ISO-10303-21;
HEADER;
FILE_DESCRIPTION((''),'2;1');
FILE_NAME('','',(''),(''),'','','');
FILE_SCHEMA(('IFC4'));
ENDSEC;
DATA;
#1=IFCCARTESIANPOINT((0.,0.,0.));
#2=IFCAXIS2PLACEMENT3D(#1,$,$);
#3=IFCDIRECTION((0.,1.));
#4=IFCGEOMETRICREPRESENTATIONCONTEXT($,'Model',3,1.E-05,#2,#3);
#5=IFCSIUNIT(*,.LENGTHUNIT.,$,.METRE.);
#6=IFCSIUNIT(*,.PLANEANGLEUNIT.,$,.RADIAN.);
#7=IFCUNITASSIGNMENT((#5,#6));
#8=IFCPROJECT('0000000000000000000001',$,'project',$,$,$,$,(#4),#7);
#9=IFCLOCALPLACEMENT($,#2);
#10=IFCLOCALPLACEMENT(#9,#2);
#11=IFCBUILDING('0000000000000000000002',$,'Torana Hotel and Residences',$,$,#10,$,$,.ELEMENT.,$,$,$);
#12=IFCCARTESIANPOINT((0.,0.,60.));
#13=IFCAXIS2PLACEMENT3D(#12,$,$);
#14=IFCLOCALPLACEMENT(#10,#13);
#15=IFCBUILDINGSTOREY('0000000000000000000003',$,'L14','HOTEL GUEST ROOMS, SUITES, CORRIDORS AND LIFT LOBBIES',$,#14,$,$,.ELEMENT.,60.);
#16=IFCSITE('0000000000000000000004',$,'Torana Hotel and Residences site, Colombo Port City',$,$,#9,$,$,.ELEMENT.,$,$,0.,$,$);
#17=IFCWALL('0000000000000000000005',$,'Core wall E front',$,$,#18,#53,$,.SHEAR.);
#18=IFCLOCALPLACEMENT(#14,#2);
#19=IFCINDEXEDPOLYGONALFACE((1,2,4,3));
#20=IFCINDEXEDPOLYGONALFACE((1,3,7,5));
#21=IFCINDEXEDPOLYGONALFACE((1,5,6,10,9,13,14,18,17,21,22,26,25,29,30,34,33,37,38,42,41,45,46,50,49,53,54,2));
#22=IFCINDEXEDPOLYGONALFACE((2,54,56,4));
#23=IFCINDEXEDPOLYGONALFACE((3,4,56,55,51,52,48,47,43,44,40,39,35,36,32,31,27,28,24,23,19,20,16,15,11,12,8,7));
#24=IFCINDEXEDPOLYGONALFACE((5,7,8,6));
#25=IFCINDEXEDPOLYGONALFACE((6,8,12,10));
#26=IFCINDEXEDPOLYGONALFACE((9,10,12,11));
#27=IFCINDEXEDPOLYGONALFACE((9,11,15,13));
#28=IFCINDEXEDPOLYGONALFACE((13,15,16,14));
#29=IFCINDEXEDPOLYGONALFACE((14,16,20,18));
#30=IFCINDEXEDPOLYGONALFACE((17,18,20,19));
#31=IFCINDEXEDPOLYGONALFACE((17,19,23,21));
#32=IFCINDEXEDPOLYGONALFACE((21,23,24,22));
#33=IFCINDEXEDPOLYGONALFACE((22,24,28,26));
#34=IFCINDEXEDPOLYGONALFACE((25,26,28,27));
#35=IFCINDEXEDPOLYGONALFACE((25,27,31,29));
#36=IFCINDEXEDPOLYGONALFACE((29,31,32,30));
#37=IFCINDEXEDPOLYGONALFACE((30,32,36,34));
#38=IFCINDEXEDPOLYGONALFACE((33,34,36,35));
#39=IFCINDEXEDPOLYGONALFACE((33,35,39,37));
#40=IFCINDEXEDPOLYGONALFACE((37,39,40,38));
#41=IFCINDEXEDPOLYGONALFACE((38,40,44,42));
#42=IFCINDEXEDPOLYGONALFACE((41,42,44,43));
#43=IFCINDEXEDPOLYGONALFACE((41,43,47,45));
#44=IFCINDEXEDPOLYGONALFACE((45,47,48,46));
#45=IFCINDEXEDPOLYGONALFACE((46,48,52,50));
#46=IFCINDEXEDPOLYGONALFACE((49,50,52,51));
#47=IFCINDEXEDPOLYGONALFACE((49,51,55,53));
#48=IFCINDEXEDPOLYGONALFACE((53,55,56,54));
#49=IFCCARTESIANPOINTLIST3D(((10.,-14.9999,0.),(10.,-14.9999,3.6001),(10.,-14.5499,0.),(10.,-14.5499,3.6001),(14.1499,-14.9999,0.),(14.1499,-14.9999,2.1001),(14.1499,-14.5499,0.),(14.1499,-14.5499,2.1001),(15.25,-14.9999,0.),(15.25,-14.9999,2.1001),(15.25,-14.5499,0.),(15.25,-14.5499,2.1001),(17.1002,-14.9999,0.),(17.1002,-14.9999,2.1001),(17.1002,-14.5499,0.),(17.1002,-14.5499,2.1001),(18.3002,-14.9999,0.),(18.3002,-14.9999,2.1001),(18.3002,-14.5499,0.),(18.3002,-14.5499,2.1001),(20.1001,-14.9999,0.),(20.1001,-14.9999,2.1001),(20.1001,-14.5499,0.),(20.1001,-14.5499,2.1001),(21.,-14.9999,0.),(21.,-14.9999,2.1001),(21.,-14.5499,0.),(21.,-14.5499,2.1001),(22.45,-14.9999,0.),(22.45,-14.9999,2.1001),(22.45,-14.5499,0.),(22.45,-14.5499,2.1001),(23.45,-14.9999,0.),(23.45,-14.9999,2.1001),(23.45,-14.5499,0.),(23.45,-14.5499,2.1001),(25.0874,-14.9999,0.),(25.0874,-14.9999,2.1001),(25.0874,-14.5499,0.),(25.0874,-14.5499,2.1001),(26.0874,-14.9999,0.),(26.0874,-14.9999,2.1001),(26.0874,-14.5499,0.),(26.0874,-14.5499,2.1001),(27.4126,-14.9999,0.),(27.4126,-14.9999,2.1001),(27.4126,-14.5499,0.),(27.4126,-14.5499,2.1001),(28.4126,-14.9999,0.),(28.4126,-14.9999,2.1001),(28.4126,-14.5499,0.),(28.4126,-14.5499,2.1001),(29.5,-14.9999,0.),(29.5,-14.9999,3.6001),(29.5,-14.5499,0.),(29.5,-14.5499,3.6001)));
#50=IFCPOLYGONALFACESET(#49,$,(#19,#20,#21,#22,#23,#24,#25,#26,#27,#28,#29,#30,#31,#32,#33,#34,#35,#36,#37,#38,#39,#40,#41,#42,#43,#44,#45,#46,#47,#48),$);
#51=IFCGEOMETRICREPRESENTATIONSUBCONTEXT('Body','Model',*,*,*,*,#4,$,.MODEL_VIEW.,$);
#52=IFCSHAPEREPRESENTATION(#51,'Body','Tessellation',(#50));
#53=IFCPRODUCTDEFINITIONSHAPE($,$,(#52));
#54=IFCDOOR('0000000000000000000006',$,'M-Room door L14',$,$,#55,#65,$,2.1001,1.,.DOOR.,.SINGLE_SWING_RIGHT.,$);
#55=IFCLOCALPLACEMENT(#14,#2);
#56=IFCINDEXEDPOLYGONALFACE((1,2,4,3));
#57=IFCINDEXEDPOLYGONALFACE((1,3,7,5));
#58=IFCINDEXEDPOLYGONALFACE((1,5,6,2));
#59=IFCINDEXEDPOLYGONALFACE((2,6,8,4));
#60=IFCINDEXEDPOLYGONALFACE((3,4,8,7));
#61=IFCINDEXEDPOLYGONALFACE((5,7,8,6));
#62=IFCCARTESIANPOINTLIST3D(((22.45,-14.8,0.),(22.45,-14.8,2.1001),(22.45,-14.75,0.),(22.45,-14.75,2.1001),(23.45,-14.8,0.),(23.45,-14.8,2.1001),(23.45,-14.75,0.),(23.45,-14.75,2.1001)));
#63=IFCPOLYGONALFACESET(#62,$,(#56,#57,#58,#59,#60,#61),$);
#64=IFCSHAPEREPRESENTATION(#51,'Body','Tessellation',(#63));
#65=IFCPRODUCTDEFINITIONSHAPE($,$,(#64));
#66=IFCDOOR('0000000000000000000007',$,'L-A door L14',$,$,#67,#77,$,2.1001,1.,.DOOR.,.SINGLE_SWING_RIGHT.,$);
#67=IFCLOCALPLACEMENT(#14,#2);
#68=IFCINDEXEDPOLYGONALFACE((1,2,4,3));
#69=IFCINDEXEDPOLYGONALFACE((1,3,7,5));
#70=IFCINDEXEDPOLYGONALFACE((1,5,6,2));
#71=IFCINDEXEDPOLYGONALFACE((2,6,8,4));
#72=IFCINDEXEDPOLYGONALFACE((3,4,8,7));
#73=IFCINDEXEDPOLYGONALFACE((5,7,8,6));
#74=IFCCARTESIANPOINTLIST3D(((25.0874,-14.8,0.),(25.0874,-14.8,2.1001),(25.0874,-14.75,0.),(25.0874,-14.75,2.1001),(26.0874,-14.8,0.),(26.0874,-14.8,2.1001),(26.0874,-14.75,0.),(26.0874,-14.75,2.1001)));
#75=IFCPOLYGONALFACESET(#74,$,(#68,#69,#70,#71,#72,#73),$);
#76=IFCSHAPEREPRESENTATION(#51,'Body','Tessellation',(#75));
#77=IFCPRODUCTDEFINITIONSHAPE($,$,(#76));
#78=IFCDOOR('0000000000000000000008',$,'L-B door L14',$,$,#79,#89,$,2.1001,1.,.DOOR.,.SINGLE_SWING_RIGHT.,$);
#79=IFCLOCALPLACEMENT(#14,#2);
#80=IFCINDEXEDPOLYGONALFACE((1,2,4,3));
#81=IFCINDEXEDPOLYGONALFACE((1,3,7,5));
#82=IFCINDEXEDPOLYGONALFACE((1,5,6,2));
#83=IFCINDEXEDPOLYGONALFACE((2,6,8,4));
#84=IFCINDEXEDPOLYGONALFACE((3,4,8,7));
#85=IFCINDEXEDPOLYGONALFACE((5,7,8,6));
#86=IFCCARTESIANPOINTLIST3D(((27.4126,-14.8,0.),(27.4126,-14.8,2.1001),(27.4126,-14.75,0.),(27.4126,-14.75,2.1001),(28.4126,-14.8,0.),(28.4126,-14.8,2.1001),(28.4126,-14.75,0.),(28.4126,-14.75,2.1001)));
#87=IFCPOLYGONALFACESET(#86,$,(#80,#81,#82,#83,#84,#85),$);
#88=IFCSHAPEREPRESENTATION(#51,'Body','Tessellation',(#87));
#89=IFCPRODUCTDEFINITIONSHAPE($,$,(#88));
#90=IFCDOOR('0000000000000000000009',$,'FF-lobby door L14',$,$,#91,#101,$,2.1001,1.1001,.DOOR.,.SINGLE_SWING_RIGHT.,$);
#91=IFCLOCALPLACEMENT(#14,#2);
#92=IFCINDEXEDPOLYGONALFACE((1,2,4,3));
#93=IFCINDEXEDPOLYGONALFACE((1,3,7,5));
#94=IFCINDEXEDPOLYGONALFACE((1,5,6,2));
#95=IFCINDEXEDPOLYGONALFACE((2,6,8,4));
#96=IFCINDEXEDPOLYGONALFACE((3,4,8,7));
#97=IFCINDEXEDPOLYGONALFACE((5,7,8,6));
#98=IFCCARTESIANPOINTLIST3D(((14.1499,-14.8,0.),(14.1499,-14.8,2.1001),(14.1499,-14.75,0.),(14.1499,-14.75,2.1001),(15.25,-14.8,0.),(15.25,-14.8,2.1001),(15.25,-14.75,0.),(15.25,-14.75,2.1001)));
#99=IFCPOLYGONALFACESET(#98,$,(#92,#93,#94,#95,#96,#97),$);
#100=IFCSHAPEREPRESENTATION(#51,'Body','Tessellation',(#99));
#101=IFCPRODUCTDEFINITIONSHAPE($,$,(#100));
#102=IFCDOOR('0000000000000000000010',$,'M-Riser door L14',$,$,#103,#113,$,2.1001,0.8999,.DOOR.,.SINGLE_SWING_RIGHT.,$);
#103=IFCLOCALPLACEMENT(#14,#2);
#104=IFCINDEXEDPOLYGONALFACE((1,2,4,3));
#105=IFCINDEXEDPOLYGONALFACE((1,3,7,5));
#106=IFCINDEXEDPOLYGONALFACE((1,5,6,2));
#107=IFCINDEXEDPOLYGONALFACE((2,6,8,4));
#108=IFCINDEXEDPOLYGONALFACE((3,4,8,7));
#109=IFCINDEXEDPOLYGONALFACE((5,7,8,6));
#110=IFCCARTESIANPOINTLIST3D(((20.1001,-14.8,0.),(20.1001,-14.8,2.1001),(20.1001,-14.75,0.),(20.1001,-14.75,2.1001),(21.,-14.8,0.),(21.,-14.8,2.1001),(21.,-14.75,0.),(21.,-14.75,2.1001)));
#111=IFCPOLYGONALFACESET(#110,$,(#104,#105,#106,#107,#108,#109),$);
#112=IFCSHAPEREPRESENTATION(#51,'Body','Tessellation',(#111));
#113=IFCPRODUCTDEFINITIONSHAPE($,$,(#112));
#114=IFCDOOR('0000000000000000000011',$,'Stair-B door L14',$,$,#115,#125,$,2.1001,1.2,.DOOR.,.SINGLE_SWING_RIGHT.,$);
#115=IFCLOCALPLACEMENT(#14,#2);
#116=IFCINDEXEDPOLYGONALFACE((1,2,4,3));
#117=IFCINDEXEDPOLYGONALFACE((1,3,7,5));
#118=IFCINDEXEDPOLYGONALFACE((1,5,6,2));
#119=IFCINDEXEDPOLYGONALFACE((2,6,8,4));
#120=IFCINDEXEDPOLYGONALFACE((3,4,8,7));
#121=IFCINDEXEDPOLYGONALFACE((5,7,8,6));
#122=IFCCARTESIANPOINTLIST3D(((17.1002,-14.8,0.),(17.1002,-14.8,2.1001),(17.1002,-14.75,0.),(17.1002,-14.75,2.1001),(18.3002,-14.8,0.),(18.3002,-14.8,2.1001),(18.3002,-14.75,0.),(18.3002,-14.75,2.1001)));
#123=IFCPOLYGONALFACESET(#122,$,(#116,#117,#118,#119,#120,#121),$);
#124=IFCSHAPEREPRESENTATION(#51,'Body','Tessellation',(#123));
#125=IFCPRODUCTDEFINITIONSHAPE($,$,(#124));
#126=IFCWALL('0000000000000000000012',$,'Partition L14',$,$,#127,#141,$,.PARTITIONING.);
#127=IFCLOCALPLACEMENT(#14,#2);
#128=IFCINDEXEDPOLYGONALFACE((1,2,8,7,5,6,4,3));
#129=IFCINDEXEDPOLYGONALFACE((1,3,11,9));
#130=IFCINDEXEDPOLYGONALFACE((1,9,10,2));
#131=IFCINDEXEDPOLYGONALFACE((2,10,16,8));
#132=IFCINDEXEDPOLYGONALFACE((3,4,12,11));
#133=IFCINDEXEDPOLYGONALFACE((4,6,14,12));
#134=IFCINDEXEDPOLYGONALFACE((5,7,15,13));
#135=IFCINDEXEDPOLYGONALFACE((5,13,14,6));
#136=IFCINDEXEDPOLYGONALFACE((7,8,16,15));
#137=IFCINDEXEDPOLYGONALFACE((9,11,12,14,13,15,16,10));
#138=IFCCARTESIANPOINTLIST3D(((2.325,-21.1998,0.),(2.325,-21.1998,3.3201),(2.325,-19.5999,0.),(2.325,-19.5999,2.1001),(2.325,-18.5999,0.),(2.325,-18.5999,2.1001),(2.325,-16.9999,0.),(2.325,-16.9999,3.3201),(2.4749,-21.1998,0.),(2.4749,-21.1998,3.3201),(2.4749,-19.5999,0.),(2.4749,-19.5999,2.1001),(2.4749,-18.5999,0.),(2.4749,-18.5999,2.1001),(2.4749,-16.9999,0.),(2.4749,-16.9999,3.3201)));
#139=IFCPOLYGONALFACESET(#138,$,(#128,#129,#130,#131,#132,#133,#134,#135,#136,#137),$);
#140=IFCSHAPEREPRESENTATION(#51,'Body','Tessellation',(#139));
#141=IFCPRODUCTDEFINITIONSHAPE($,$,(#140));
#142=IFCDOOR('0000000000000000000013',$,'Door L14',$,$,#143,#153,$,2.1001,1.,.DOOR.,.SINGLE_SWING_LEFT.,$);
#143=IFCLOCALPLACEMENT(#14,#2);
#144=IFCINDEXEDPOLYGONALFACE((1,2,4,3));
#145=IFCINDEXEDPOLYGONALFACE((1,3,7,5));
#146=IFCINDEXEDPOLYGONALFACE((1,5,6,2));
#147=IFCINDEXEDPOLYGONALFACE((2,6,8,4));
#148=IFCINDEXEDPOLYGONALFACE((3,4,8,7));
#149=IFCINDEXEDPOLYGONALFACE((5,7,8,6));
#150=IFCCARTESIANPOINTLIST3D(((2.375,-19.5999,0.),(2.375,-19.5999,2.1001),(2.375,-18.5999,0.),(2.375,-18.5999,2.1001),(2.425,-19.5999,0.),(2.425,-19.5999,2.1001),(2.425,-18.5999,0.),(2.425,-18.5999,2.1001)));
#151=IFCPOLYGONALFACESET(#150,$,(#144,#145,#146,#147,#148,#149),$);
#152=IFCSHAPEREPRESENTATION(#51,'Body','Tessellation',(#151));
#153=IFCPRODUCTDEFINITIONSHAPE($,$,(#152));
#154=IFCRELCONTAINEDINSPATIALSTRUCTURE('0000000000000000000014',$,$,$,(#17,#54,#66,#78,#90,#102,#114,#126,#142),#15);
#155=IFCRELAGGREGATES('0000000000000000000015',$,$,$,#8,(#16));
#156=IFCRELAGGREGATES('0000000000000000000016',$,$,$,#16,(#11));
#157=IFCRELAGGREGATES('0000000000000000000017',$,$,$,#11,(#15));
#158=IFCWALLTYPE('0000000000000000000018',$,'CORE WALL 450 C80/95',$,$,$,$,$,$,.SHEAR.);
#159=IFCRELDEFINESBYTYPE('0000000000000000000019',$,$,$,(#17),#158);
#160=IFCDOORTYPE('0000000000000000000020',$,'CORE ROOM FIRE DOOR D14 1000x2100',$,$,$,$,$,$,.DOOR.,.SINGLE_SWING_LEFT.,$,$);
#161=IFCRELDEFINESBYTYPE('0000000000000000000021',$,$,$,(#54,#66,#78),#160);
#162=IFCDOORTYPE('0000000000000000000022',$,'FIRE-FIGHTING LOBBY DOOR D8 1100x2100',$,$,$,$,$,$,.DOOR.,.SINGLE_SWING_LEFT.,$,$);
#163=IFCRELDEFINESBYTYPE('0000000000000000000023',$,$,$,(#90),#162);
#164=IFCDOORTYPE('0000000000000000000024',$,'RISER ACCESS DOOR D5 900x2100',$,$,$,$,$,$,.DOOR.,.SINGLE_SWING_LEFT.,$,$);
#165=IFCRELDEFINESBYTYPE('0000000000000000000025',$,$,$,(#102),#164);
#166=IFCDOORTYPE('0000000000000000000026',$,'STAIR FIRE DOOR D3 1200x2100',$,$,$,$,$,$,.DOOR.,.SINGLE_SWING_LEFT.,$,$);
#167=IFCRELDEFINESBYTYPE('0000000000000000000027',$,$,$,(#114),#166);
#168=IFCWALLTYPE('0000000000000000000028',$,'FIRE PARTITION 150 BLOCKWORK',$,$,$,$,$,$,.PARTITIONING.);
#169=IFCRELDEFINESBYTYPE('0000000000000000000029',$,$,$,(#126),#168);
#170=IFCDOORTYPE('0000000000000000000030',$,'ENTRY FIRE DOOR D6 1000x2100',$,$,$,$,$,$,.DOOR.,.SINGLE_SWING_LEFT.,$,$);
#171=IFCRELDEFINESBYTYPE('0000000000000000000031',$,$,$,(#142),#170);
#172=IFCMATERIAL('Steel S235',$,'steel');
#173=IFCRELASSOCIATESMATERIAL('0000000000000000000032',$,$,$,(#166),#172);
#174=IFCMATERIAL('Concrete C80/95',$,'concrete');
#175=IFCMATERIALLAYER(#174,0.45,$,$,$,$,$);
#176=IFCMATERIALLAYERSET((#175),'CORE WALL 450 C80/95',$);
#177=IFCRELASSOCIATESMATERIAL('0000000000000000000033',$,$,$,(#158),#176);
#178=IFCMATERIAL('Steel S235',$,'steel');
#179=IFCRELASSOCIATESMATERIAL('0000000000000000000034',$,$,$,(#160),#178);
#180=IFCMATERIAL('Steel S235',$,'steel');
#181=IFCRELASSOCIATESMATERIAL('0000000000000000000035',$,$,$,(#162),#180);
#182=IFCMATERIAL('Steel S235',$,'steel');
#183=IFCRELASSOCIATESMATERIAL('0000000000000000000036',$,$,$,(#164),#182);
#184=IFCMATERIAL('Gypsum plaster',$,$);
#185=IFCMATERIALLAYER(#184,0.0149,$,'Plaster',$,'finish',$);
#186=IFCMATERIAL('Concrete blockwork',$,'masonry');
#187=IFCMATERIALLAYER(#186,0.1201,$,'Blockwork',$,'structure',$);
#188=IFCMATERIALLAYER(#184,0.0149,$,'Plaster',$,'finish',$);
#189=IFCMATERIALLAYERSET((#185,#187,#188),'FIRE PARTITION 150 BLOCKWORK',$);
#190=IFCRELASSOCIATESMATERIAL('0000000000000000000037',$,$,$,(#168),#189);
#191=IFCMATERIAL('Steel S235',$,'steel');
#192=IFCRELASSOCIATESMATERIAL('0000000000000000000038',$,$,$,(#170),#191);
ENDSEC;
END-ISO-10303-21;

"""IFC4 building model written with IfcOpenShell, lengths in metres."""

from ifc_helpers import new_model, si_unit, direction, frame, frame_2d, origin, place, context, subcontext, project, spatial, rectangle, extrude, material, layer, layer_set, type_object, element, fill, save


model = new_model("IFC4")

# Units and contexts
model_context = context("Model", 3, precision=1e-05, world=origin(), true_north=direction((0.0, 1.0)))
body_context = subcontext(model_context, "Body", "Model", "MODEL_VIEW")
ifc_project = project(units=[si_unit("LENGTHUNIT", "METRE"), si_unit("PLANEANGLEUNIT", "RADIAN")], contexts=[model_context])

# Site, building, storey
site_placement = place(None, origin())
site = spatial("IfcSite", under=ifc_project, at=site_placement, Name="Torana Hotel and Residences site, Colombo Port City", CompositionType="ELEMENT", RefElevation=0.0)
building_placement = place(site_placement, origin())
building = spatial("IfcBuilding", under=site, at=building_placement, Name="Torana Hotel and Residences", CompositionType="ELEMENT")
storey_placement = place(building_placement, frame((0.0, 0.0, 60.0)))
storey = spatial("IfcBuildingStorey", under=building, at=storey_placement, Name="L14", Description="HOTEL GUEST ROOMS, SUITES, CORRIDORS AND LIFT LOBBIES", CompositionType="ELEMENT", Elevation=60.0)

# Wall, openings, doors
ifc_material_1 = material(Name="Steel S235", Category="steel")
door_type_1 = type_object("IfcDoorType", Name="STAIR FIRE DOOR D3 1200x2100", OperationType="SINGLE_SWING_LEFT", PredefinedType="DOOR", material=ifc_material_1)
ifc_material_2 = material(Name="Concrete C80/95", Category="concrete")
ifc_layer_1 = layer(ifc_material_2, 0.45)
ifc_layer_set_1 = layer_set([ifc_layer_1], Name="CORE WALL 450 C80/95")
wall_type_1 = type_object("IfcWallType", Name="CORE WALL 450 C80/95", PredefinedType="SHEAR", material=ifc_layer_set_1)
wall_1_placement = place(storey_placement, frame((10.0, -14.7749, 0.0), z_axis=(0.0, 0.0, 1.0), x_axis=(1.0, 0.0, 0.0)))
wall_1 = element("IfcWall", 1, at=wall_1_placement, inside=storey, type_object=wall_type_1, Name="Core wall E front", PredefinedType="SHEAR", context=body_context, shape_type="SweptSolid", body=[
    extrude(rectangle(XDim=19.5, YDim=0.45, at=frame_2d((9.75, 0.0))), origin(), (0.0, 0.0, 1.0), 3.6001),
])
opening_1_placement = place(wall_1_placement, frame((7.1001, 0.0, 0.0)))
opening_1 = element("IfcOpeningElement", 2, at=opening_1_placement, cuts=wall_1, PredefinedType="OPENING", context=body_context, shape_type="SweptSolid", body=[
    extrude(rectangle(XDim=1.2, YDim=2.1001, at=frame_2d((0.6001, 1.05))), frame((0.0, 0.2349, 0.0), z_axis=(0.0, -1.0, 0.0), x_axis=(1.0, 0.0, 0.0)), (0.0, 0.0, 1.0), 0.47),
])
opening_2_placement = place(wall_1_placement, frame((4.1499, 0.0, 0.0)))
opening_2 = element("IfcOpeningElement", 3, at=opening_2_placement, cuts=wall_1, PredefinedType="OPENING", context=body_context, shape_type="SweptSolid", body=[
    extrude(rectangle(XDim=1.1001, YDim=2.1001, at=frame_2d((0.55, 1.05))), frame((0.0, 0.2349, 0.0), z_axis=(0.0, -1.0, 0.0), x_axis=(1.0, 0.0, 0.0)), (0.0, 0.0, 1.0), 0.47),
])
opening_3_placement = place(wall_1_placement, frame((10.1001, 0.0, 0.0)))
opening_3 = element("IfcOpeningElement", 4, at=opening_3_placement, cuts=wall_1, PredefinedType="OPENING", context=body_context, shape_type="SweptSolid", body=[
    extrude(rectangle(XDim=0.8999, YDim=2.1001, at=frame_2d((0.45, 1.05))), frame((0.0, 0.2349, 0.0), z_axis=(0.0, -1.0, 0.0), x_axis=(1.0, 0.0, 0.0)), (0.0, 0.0, 1.0), 0.47),
])
opening_4_placement = place(wall_1_placement, frame((12.45, 0.0, 0.0)))
opening_4 = element("IfcOpeningElement", 5, at=opening_4_placement, cuts=wall_1, PredefinedType="OPENING", context=body_context, shape_type="SweptSolid", body=[
    extrude(rectangle(XDim=1.0, YDim=2.1001, at=frame_2d((0.5, 1.05))), frame((0.0, 0.2349, 0.0), z_axis=(0.0, -1.0, 0.0), x_axis=(1.0, 0.0, 0.0)), (0.0, 0.0, 1.0), 0.47),
])
opening_5_placement = place(wall_1_placement, frame((15.0874, 0.0, 0.0)))
opening_5 = element("IfcOpeningElement", 6, at=opening_5_placement, cuts=wall_1, PredefinedType="OPENING", context=body_context, shape_type="SweptSolid", body=[
    extrude(rectangle(XDim=1.0, YDim=2.1001, at=frame_2d((0.5, 1.05))), frame((0.0, 0.2349, 0.0), z_axis=(0.0, -1.0, 0.0), x_axis=(1.0, 0.0, 0.0)), (0.0, 0.0, 1.0), 0.47),
])
opening_6_placement = place(wall_1_placement, frame((17.4126, 0.0, 0.0)))
opening_6 = element("IfcOpeningElement", 7, at=opening_6_placement, cuts=wall_1, PredefinedType="OPENING", context=body_context, shape_type="SweptSolid", body=[
    extrude(rectangle(XDim=1.0, YDim=2.1001, at=frame_2d((0.5, 1.05))), frame((0.0, 0.2349, 0.0), z_axis=(0.0, -1.0, 0.0), x_axis=(1.0, 0.0, 0.0)), (0.0, 0.0, 1.0), 0.47),
])
ifc_material_3 = material(Name="Steel S235", Category="steel")
door_type_2 = type_object("IfcDoorType", Name="CORE ROOM FIRE DOOR D14 1000x2100", OperationType="SINGLE_SWING_LEFT", PredefinedType="DOOR", material=ifc_material_3)
door_1_placement = place(opening_4_placement, origin())
door_1 = element("IfcDoor", 8, at=door_1_placement, inside=storey, type_object=door_type_2, Name="M-Room door L14", OperationType="SINGLE_SWING_RIGHT", OverallHeight=2.1001, OverallWidth=1.0, PredefinedType="DOOR", context=body_context, shape_type="SweptSolid", body=[
    extrude(rectangle(XDim=1.0, YDim=2.1001, at=frame_2d((0.5, 1.05))), frame((0.0, 0.0249, 0.0), z_axis=(0.0, -1.0, 0.0), x_axis=(1.0, 0.0, 0.0)), (0.0, 0.0, 1.0), 0.05),
])
fill(opening_4, door_1)
door_2_placement = place(opening_5_placement, origin())
door_2 = element("IfcDoor", 9, at=door_2_placement, inside=storey, type_object=door_type_2, Name="L-A door L14", OperationType="SINGLE_SWING_RIGHT", OverallHeight=2.1001, OverallWidth=1.0, PredefinedType="DOOR", context=body_context, shape_type="SweptSolid", body=[
    extrude(rectangle(XDim=1.0, YDim=2.1001, at=frame_2d((0.5, 1.05))), frame((0.0, 0.0249, 0.0), z_axis=(0.0, -1.0, 0.0), x_axis=(1.0, 0.0, 0.0)), (0.0, 0.0, 1.0), 0.05),
])
fill(opening_5, door_2)
door_3_placement = place(opening_6_placement, origin())
door_3 = element("IfcDoor", 10, at=door_3_placement, inside=storey, type_object=door_type_2, Name="L-B door L14", OperationType="SINGLE_SWING_RIGHT", OverallHeight=2.1001, OverallWidth=1.0, PredefinedType="DOOR", context=body_context, shape_type="SweptSolid", body=[
    extrude(rectangle(XDim=1.0, YDim=2.1001, at=frame_2d((0.5, 1.05))), frame((0.0, 0.0249, 0.0), z_axis=(0.0, -1.0, 0.0), x_axis=(1.0, 0.0, 0.0)), (0.0, 0.0, 1.0), 0.05),
])
fill(opening_6, door_3)
ifc_material_4 = material(Name="Steel S235", Category="steel")
door_type_3 = type_object("IfcDoorType", Name="FIRE-FIGHTING LOBBY DOOR D8 1100x2100", OperationType="SINGLE_SWING_LEFT", PredefinedType="DOOR", material=ifc_material_4)
door_4_placement = place(opening_2_placement, origin())
door_4 = element("IfcDoor", 11, at=door_4_placement, inside=storey, type_object=door_type_3, Name="FF-lobby door L14", OperationType="SINGLE_SWING_RIGHT", OverallHeight=2.1001, OverallWidth=1.1001, PredefinedType="DOOR", context=body_context, shape_type="SweptSolid", body=[
    extrude(rectangle(XDim=1.1001, YDim=2.1001, at=frame_2d((0.55, 1.05))), frame((0.0, 0.0249, 0.0), z_axis=(0.0, -1.0, 0.0), x_axis=(1.0, 0.0, 0.0)), (0.0, 0.0, 1.0), 0.05),
])
fill(opening_2, door_4)
ifc_material_5 = material(Name="Steel S235", Category="steel")
door_type_4 = type_object("IfcDoorType", Name="RISER ACCESS DOOR D5 900x2100", OperationType="SINGLE_SWING_LEFT", PredefinedType="DOOR", material=ifc_material_5)
door_5_placement = place(opening_3_placement, origin())
door_5 = element("IfcDoor", 12, at=door_5_placement, inside=storey, type_object=door_type_4, Name="M-Riser door L14", OperationType="SINGLE_SWING_RIGHT", OverallHeight=2.1001, OverallWidth=0.8999, PredefinedType="DOOR", context=body_context, shape_type="SweptSolid", body=[
    extrude(rectangle(XDim=0.8999, YDim=2.1001, at=frame_2d((0.45, 1.05))), frame((0.0, 0.0249, 0.0), z_axis=(0.0, -1.0, 0.0), x_axis=(1.0, 0.0, 0.0)), (0.0, 0.0, 1.0), 0.05),
])
fill(opening_3, door_5)
door_6_placement = place(opening_1_placement, origin())
door_6 = element("IfcDoor", 13, at=door_6_placement, inside=storey, type_object=door_type_1, Name="Stair-B door L14", OperationType="SINGLE_SWING_RIGHT", OverallHeight=2.1001, OverallWidth=1.2, PredefinedType="DOOR", context=body_context, shape_type="SweptSolid", body=[
    extrude(rectangle(XDim=1.2, YDim=2.1001, at=frame_2d((0.6001, 1.05))), frame((0.0, 0.0249, 0.0), z_axis=(0.0, -1.0, 0.0), x_axis=(1.0, 0.0, 0.0)), (0.0, 0.0, 1.0), 0.05),
])
fill(opening_1, door_6)

# Wall, opening, door
ifc_material_6 = material(Name="Gypsum plaster")
ifc_layer_2 = layer(ifc_material_6, 0.0149, Name="Plaster", Category="finish")
ifc_material_7 = material(Name="Concrete blockwork", Category="masonry")
ifc_layer_3 = layer(ifc_material_7, 0.1201, Name="Blockwork", Category="structure")
ifc_layer_4 = layer(ifc_material_6, 0.0149, Name="Plaster", Category="finish")
ifc_layer_set_2 = layer_set([ifc_layer_2, ifc_layer_3, ifc_layer_4], Name="FIRE PARTITION 150 BLOCKWORK")
wall_type_2 = type_object("IfcWallType", Name="FIRE PARTITION 150 BLOCKWORK", PredefinedType="PARTITIONING", material=ifc_layer_set_2)
wall_2_placement = place(storey_placement, frame((2.3999, -21.2, 0.0), z_axis=(0.0, 0.0, 1.0), x_axis=(0.0, 1.0, 0.0)))
wall_2 = element("IfcWall", 14, at=wall_2_placement, inside=storey, type_object=wall_type_2, Name="Partition L14", PredefinedType="PARTITIONING", context=body_context, shape_type="SweptSolid", body=[
    extrude(rectangle(XDim=4.2, YDim=0.1499, at=frame_2d((2.1001, 0.0))), origin(), (0.0, 0.0, 1.0), 3.3201),
])
opening_7_placement = place(wall_2_placement, frame((1.6001, 0.0, 0.0)))
opening_7 = element("IfcOpeningElement", 15, at=opening_7_placement, cuts=wall_2, PredefinedType="OPENING", context=body_context, shape_type="SweptSolid", body=[
    extrude(rectangle(XDim=1.0, YDim=2.1001, at=frame_2d((0.5, 1.05))), frame((0.0, 0.085, 0.0), z_axis=(0.0, -1.0, 0.0), x_axis=(1.0, 0.0, 0.0)), (0.0, 0.0, 1.0), 0.1699),
])
ifc_material_8 = material(Name="Steel S235", Category="steel")
door_type_5 = type_object("IfcDoorType", Name="ENTRY FIRE DOOR D6 1000x2100", OperationType="SINGLE_SWING_LEFT", PredefinedType="DOOR", material=ifc_material_8)
door_7_placement = place(opening_7_placement, frame((0.5, 0.0, 0.0), z_axis=(0.0, 0.0, 1.0), x_axis=(-1.0, 0.0, 0.0)))
door_7 = element("IfcDoor", 16, at=door_7_placement, inside=storey, type_object=door_type_5, Name="Door L14", OperationType="SINGLE_SWING_LEFT", OverallHeight=2.1001, OverallWidth=1.0, PredefinedType="DOOR", context=body_context, shape_type="SweptSolid", body=[
    extrude(rectangle(XDim=1.0, YDim=2.1001, at=frame_2d((0.0, 1.05))), frame((0.0, -0.0249, 0.0), z_axis=(0.0, 1.0, 0.0), x_axis=(-1.0, 0.0, 0.0)), (0.0, 0.0, 1.0), 0.05),
])
fill(opening_7, door_7)

save(model, "model.ifc")
